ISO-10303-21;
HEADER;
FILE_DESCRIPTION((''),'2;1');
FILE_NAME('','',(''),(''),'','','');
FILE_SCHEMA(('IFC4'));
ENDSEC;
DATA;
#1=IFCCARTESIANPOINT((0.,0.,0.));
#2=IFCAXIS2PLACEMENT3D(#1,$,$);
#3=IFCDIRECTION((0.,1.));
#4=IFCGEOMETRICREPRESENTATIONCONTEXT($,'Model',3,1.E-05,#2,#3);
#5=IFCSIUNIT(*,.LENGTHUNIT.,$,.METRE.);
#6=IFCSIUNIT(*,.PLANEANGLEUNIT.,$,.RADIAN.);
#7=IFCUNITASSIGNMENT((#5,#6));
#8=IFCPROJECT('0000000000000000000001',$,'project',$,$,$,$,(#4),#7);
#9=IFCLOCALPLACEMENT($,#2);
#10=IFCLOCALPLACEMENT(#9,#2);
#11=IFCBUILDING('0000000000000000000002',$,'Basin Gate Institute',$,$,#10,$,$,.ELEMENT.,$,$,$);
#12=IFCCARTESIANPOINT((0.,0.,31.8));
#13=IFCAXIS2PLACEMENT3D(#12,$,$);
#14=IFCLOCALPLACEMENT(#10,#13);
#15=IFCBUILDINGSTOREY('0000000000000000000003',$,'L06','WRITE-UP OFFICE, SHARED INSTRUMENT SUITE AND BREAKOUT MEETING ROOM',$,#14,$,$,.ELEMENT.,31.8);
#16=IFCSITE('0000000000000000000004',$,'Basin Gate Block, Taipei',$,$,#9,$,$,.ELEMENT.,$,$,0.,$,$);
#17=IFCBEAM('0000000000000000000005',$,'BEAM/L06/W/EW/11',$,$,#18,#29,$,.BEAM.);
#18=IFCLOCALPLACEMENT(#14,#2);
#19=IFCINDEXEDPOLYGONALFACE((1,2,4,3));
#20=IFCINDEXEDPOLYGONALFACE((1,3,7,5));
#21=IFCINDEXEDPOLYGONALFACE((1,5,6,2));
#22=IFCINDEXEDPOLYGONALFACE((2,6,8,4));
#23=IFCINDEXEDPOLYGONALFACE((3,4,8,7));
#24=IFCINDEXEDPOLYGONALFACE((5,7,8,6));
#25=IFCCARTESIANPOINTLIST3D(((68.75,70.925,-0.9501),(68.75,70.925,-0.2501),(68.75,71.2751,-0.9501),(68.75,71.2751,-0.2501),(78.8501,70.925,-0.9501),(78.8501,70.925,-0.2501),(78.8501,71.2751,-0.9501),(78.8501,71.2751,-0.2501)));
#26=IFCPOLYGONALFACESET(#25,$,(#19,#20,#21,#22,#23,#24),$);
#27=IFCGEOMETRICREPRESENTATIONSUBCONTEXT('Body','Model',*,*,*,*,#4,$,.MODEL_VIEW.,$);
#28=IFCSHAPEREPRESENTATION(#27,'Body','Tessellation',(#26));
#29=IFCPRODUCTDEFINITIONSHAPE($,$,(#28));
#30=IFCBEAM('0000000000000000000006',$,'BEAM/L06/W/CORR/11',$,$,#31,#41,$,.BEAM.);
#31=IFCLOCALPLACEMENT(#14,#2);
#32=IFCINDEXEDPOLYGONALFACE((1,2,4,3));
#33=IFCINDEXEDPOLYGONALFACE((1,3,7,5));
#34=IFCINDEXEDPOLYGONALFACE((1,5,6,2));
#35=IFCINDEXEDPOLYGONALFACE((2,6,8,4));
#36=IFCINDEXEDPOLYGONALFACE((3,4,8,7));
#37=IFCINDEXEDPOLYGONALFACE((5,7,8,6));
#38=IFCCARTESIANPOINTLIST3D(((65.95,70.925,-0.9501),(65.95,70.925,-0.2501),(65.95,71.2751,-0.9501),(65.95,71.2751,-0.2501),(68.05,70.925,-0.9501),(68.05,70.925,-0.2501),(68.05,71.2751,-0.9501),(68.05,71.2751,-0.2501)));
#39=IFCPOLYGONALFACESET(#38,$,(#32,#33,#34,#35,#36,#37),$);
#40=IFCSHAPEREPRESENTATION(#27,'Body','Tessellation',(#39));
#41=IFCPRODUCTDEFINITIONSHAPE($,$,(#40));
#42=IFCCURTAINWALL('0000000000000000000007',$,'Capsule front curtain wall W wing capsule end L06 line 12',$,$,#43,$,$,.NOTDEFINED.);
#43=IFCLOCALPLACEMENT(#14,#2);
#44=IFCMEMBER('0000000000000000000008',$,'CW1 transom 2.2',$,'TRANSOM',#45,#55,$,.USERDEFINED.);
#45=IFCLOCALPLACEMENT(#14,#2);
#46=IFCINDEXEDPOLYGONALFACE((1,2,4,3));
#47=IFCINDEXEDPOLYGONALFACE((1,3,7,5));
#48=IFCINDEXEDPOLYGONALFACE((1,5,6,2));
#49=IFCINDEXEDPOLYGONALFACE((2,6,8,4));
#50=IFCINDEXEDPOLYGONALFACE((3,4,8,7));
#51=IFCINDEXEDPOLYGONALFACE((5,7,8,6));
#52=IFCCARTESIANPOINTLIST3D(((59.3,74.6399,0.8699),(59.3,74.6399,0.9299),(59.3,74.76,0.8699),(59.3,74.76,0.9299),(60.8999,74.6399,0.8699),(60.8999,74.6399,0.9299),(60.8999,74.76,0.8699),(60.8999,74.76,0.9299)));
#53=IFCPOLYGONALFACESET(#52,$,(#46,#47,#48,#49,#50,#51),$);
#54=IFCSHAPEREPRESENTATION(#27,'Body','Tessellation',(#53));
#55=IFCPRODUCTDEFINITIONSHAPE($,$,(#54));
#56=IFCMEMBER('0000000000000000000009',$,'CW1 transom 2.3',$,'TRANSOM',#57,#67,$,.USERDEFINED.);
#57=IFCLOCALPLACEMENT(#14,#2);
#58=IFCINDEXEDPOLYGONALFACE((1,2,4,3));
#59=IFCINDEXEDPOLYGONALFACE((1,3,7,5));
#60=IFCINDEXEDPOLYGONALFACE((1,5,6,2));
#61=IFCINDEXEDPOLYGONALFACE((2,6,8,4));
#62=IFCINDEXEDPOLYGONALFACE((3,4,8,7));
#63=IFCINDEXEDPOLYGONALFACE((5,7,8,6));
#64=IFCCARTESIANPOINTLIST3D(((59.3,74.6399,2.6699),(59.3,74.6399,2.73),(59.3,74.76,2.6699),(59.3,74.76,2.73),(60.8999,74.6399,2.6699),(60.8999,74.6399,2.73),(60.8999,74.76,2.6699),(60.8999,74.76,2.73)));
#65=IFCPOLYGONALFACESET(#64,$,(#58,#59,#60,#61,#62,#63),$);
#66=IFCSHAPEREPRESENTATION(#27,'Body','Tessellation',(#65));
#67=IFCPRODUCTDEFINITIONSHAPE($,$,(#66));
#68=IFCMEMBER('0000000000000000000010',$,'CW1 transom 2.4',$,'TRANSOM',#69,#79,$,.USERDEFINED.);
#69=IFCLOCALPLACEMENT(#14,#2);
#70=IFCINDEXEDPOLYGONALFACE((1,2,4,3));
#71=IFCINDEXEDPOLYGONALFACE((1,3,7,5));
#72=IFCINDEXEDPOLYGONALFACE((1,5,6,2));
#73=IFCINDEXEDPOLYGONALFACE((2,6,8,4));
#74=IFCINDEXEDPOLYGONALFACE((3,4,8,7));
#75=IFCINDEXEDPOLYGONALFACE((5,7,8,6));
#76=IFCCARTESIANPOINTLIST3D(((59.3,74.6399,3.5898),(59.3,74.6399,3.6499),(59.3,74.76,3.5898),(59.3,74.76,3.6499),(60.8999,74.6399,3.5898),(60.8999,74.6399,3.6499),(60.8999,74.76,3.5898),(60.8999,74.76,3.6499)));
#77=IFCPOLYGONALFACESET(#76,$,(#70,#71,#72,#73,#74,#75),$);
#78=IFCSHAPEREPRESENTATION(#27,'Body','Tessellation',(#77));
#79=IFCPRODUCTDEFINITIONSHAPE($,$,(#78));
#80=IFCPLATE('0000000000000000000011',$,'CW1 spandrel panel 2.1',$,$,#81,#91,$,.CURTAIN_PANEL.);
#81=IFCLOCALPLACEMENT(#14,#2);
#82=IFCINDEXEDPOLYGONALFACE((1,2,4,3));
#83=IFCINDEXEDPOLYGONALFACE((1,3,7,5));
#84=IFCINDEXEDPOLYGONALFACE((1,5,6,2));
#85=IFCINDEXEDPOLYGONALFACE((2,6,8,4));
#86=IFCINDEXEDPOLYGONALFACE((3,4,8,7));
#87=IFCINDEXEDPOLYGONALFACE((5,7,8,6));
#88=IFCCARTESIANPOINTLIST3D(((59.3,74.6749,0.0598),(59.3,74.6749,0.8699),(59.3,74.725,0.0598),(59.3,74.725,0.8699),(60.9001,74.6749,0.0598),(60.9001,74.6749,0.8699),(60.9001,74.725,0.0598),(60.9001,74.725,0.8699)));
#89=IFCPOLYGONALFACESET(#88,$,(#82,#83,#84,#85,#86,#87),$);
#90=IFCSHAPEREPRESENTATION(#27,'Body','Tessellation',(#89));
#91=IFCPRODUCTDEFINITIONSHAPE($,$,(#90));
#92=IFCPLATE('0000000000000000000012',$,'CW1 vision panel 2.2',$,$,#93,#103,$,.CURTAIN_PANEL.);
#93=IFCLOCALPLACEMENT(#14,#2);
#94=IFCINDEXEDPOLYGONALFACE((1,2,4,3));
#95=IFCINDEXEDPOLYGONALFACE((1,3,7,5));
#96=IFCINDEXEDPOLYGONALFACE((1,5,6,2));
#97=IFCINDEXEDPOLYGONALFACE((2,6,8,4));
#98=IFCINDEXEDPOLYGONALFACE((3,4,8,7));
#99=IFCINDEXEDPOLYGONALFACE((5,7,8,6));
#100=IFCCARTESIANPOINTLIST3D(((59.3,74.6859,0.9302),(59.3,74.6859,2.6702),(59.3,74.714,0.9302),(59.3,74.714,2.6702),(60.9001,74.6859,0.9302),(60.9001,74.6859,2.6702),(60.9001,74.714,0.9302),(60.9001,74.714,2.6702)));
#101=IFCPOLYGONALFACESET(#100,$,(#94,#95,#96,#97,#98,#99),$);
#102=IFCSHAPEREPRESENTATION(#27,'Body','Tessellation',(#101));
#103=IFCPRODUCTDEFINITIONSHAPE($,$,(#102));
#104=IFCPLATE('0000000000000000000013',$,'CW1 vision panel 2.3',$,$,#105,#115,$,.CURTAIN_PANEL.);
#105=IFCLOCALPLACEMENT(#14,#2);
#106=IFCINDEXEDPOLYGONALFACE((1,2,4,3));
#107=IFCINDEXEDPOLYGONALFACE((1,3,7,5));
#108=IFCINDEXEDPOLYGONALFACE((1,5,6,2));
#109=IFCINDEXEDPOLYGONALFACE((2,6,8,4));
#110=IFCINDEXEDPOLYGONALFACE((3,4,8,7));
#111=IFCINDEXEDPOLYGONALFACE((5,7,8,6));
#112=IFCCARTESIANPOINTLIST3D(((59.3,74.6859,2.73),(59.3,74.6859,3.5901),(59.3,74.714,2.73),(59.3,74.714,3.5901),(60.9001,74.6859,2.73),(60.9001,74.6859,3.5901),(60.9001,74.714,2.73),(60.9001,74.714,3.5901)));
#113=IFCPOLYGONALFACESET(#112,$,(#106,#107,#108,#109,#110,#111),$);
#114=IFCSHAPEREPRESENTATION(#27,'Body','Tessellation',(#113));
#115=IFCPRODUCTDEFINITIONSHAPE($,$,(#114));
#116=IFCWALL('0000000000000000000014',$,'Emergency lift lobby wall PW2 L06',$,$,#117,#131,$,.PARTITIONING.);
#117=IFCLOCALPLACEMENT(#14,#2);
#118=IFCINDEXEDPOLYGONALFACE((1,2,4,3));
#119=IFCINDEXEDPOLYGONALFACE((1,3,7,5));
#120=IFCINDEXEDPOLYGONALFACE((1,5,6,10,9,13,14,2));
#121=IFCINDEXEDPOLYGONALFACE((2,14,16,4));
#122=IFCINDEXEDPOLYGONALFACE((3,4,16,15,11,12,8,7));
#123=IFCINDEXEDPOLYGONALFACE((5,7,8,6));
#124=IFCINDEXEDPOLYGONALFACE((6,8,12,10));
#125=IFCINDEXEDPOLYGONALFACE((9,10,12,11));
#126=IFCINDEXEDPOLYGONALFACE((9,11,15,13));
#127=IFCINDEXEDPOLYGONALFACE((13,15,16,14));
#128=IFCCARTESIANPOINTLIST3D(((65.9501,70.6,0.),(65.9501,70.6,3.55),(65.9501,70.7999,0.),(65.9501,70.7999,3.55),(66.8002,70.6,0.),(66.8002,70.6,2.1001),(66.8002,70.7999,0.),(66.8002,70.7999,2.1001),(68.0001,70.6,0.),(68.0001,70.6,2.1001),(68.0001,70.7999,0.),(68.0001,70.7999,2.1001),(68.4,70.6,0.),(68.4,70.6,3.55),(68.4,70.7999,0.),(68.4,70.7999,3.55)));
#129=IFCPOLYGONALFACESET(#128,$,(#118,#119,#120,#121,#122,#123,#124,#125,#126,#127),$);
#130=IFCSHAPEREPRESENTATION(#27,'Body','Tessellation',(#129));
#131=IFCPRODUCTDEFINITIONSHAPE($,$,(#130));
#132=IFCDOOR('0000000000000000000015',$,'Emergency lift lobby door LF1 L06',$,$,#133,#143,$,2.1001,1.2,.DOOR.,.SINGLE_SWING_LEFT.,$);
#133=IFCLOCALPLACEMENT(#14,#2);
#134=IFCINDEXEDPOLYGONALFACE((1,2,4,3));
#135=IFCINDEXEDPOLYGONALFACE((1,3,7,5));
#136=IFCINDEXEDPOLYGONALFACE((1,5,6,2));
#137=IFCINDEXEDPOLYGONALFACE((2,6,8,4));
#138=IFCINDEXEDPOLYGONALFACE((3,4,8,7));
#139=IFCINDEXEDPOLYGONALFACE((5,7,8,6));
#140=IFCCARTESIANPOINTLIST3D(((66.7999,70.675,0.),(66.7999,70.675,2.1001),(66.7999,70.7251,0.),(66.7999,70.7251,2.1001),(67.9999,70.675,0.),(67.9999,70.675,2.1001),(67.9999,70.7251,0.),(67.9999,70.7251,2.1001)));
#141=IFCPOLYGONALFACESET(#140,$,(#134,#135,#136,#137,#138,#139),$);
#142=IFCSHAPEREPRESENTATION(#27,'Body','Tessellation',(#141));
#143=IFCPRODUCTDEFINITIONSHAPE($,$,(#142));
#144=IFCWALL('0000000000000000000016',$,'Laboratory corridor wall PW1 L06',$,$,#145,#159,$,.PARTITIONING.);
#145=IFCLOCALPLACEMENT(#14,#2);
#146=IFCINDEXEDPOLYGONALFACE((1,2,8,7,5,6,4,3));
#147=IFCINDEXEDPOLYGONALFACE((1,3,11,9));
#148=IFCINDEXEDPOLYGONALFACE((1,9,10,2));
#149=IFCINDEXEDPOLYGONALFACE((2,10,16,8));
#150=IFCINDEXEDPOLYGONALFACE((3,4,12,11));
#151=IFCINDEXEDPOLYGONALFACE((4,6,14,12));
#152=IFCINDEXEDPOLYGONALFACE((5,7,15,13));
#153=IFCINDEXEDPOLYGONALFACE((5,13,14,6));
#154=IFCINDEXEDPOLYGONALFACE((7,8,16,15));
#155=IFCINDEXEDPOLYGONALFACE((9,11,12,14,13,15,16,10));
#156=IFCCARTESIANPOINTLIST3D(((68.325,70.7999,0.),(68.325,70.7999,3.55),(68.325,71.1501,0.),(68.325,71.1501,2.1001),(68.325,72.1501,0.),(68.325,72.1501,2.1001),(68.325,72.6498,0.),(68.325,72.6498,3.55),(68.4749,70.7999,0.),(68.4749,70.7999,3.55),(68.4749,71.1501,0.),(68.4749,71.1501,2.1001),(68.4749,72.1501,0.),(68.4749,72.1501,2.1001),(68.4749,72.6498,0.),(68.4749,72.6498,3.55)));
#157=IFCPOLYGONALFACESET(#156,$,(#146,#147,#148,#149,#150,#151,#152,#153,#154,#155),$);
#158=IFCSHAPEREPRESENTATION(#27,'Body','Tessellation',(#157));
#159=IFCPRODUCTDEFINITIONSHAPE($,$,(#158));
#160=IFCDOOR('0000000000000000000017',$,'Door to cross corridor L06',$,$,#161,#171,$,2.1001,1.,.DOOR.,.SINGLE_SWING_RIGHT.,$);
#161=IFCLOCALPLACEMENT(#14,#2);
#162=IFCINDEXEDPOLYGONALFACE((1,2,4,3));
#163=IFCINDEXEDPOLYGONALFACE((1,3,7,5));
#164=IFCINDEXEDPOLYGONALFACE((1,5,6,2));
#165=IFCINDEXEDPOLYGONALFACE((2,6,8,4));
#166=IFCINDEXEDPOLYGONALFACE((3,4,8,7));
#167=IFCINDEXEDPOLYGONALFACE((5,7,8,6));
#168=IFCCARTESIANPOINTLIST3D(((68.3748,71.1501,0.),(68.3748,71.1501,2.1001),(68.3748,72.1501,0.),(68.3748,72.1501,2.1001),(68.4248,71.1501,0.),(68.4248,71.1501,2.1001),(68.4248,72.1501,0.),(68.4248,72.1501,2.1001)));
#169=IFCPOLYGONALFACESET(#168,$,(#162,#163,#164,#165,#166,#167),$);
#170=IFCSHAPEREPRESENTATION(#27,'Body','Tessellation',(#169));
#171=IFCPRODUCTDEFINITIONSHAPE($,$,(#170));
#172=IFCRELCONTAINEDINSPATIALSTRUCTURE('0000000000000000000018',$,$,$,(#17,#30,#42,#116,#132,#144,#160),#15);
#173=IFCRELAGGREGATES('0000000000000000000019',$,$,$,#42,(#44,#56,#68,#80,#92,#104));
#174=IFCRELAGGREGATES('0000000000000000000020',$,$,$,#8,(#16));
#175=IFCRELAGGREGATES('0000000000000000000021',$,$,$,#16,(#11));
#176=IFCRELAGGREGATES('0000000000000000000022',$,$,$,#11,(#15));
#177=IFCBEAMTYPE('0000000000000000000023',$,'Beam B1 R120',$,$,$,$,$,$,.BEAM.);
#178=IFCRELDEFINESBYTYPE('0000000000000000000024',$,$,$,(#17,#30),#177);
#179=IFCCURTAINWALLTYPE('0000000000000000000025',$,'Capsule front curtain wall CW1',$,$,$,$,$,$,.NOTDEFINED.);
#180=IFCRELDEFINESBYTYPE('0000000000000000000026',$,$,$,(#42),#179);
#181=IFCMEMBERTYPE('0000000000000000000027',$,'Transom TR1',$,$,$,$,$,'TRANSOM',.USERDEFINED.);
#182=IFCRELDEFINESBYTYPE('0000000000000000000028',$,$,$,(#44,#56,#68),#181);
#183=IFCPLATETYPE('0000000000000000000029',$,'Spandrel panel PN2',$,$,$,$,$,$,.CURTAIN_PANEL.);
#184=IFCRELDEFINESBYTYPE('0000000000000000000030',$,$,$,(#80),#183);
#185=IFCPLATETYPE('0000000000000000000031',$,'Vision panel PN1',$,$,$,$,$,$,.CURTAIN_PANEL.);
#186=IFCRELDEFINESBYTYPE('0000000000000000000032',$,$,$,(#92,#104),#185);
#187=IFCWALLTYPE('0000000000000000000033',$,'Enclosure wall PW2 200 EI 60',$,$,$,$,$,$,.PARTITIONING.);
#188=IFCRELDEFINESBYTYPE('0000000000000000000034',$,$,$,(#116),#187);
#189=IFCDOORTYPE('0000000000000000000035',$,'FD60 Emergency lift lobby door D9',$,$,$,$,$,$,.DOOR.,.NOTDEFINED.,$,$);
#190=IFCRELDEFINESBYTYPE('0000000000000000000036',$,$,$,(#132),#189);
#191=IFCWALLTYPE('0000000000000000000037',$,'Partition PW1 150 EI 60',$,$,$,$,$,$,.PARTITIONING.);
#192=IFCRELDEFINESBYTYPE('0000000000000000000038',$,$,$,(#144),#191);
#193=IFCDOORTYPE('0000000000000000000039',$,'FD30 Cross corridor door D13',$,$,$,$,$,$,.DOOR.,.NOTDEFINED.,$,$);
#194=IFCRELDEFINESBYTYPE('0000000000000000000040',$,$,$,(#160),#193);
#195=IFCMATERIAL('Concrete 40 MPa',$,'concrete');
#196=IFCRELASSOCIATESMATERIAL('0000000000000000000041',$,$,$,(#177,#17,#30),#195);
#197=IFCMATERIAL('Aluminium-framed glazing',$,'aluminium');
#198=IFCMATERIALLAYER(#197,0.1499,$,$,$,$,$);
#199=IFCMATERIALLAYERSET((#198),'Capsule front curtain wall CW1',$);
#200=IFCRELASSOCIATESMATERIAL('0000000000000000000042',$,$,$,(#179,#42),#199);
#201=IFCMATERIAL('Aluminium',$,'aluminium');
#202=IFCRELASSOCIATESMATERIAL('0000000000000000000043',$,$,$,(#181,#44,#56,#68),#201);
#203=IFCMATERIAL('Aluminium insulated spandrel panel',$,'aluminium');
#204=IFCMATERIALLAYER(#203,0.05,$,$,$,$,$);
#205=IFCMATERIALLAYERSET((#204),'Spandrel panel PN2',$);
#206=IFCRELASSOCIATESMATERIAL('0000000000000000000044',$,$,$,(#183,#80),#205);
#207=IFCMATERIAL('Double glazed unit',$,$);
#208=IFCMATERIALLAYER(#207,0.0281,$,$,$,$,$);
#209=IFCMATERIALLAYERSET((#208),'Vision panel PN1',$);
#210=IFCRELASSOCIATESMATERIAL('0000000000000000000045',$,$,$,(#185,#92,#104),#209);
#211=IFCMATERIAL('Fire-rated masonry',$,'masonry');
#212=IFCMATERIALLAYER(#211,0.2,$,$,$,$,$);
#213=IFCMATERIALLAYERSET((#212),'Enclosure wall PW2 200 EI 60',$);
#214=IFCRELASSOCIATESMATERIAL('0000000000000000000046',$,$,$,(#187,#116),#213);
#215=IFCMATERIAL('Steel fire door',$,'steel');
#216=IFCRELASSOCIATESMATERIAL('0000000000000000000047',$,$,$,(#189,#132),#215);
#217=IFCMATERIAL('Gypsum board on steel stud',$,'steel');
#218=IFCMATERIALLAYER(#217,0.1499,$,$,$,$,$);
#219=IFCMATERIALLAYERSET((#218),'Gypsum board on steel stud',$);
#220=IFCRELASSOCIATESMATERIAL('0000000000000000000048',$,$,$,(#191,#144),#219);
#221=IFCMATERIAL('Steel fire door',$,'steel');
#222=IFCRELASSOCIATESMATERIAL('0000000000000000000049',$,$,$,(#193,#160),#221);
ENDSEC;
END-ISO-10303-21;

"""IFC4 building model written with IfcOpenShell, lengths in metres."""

from ifc_helpers import new_model, si_unit, direction, frame, frame_2d, origin, origin_2d, place, context, subcontext, project, spatial, rectangle, extrude, material, layer, layer_set, material_profile, profile_set, type_object, element, fill, aggregate, save


model = new_model("IFC4")

# Units and contexts
model_context = context("Model", 3, precision=1e-05, world=origin(), true_north=direction((0.0, 1.0)))
body_context = subcontext(model_context, "Body", "Model", "MODEL_VIEW")
ifc_project = project(units=[si_unit("LENGTHUNIT", "METRE"), si_unit("PLANEANGLEUNIT", "RADIAN")], contexts=[model_context])

# Site, building, storey
site_placement = place(None, origin())
site = spatial("IfcSite", under=ifc_project, at=site_placement, Name="Basin Gate Block, Taipei", CompositionType="ELEMENT", RefElevation=0.0)
building_placement = place(site_placement, origin())
building = spatial("IfcBuilding", under=site, at=building_placement, Name="Basin Gate Institute", CompositionType="ELEMENT")
storey_placement = place(building_placement, frame((0.0, 0.0, 31.8)))
storey = spatial("IfcBuildingStorey", under=building, at=storey_placement, Name="L06", Description="WRITE-UP OFFICE, SHARED INSTRUMENT SUITE AND BREAKOUT MEETING ROOM", CompositionType="ELEMENT", Elevation=31.8)

# Beams
ifc_material_1 = material(Name="Concrete 40 MPa", Category="concrete")
ifc_material_profile_1 = material_profile(ifc_material_1, rectangle(XDim=0.3501, YDim=0.7, at=origin_2d()), Name="Beam B1 350 x 700")
ifc_profile_set_1 = profile_set([ifc_material_profile_1], Name="Concrete 40 MPa")
beam_type = type_object("IfcBeamType", Name="Beam B1 R120", PredefinedType="BEAM", material=ifc_profile_set_1)
beam_1_placement = place(storey_placement, frame((68.75, 71.1001, -0.6001), z_axis=(1.0, 0.0, 0.0), x_axis=(0.0, 1.0, 0.0)))
element("IfcBeam", 1, at=beam_1_placement, inside=storey, type_object=beam_type, material=ifc_profile_set_1, Name="BEAM/L06/W/EW/11", PredefinedType="BEAM", context=body_context, shape_type="SweptSolid", body=[
    extrude(rectangle(XDim=0.3501, YDim=0.7, at=origin_2d()), origin(), (0.0, 0.0, 1.0), 10.1001),
])
beam_2_placement = place(storey_placement, frame((65.95, 71.1001, -0.6001), z_axis=(1.0, 0.0, 0.0), x_axis=(0.0, 1.0, 0.0)))
element("IfcBeam", 2, at=beam_2_placement, inside=storey, type_object=beam_type, material=ifc_profile_set_1, Name="BEAM/L06/W/CORR/11", PredefinedType="BEAM", context=body_context, shape_type="SweptSolid", body=[
    extrude(rectangle(XDim=0.3501, YDim=0.7, at=origin_2d()), origin(), (0.0, 0.0, 1.0), 2.1001),
])

# Curtain wall, members, plates
ifc_material_2 = material(Name="Aluminium-framed glazing", Category="aluminium")
ifc_layer_1 = layer(ifc_material_2, 0.1499)
ifc_layer_set_1 = layer_set([ifc_layer_1], Name="Capsule front curtain wall CW1")
curtain_wall_type = type_object("IfcCurtainWallType", Name="Capsule front curtain wall CW1", PredefinedType="NOTDEFINED", material=ifc_layer_set_1)
curtain_wall_placement = place(storey_placement, origin())
curtain_wall = element("IfcCurtainWall", 3, at=curtain_wall_placement, inside=storey, type_object=curtain_wall_type, material=ifc_layer_set_1, Name="Capsule front curtain wall W wing capsule end L06 line 12", PredefinedType="NOTDEFINED")
ifc_material_3 = material(Name="Aluminium", Category="aluminium")
ifc_material_profile_2 = material_profile(ifc_material_3, rectangle(XDim=0.1201, YDim=0.0601, at=origin_2d()), Name="Transom TR1 120 x 60")
ifc_profile_set_2 = profile_set([ifc_material_profile_2], Name="Aluminium")
member_type = type_object("IfcMemberType", Name="Transom TR1", ElementType="TRANSOM", PredefinedType="USERDEFINED", material=ifc_profile_set_2)
member_1_placement = place(storey_placement, frame((59.3, 74.7, 0.8999), z_axis=(1.0, 0.0, 0.0), x_axis=(0.0, 1.0, 0.0)))
member_1 = element("IfcMember", 4, at=member_1_placement, type_object=member_type, material=ifc_profile_set_2, Name="CW1 transom 2.2", ObjectType="TRANSOM", PredefinedType="USERDEFINED", context=body_context, shape_type="SweptSolid", body=[
    extrude(rectangle(XDim=0.1201, YDim=0.0601, at=origin_2d()), origin(), (0.0, 0.0, 1.0), 1.5999),
])
member_2_placement = place(storey_placement, frame((59.3, 74.7, 2.7), z_axis=(1.0, 0.0, 0.0), x_axis=(0.0, 1.0, 0.0)))
member_2 = element("IfcMember", 5, at=member_2_placement, type_object=member_type, material=ifc_profile_set_2, Name="CW1 transom 2.3", ObjectType="TRANSOM", PredefinedType="USERDEFINED", context=body_context, shape_type="SweptSolid", body=[
    extrude(rectangle(XDim=0.1201, YDim=0.0601, at=origin_2d()), origin(), (0.0, 0.0, 1.0), 1.5999),
])
member_3_placement = place(storey_placement, frame((59.3, 74.7, 3.6199), z_axis=(1.0, 0.0, 0.0), x_axis=(0.0, 1.0, 0.0)))
member_3 = element("IfcMember", 6, at=member_3_placement, type_object=member_type, material=ifc_profile_set_2, Name="CW1 transom 2.4", ObjectType="TRANSOM", PredefinedType="USERDEFINED", context=body_context, shape_type="SweptSolid", body=[
    extrude(rectangle(XDim=0.1201, YDim=0.0601, at=origin_2d()), origin(), (0.0, 0.0, 1.0), 1.5999),
])
ifc_material_4 = material(Name="Aluminium insulated spandrel panel", Category="aluminium")
ifc_layer_2 = layer(ifc_material_4, 0.05)
ifc_layer_set_2 = layer_set([ifc_layer_2], Name="Spandrel panel PN2")
plate_type_1 = type_object("IfcPlateType", Name="Spandrel panel PN2", PredefinedType="CURTAIN_PANEL", material=ifc_layer_set_2)
plate_1_placement = place(storey_placement, frame((60.1001, 74.7, 0.0598), z_axis=(0.0, 0.0, 1.0), x_axis=(1.0, 0.0, 0.0)))
plate_1 = element("IfcPlate", 7, at=plate_1_placement, type_object=plate_type_1, material=ifc_layer_set_2, Name="CW1 spandrel panel 2.1", PredefinedType="CURTAIN_PANEL", context=body_context, shape_type="SweptSolid", body=[
    extrude(rectangle(XDim=1.6001, YDim=0.05, at=origin_2d()), origin(), (0.0, 0.0, 1.0), 0.8101),
])
ifc_material_5 = material(Name="Double glazed unit")
ifc_layer_3 = layer(ifc_material_5, 0.0281)
ifc_layer_set_3 = layer_set([ifc_layer_3], Name="Vision panel PN1")
plate_type_2 = type_object("IfcPlateType", Name="Vision panel PN1", PredefinedType="CURTAIN_PANEL", material=ifc_layer_set_3)
plate_2_placement = place(storey_placement, frame((60.1001, 74.7, 0.9302), z_axis=(0.0, 0.0, 1.0), x_axis=(1.0, 0.0, 0.0)))
plate_2 = element("IfcPlate", 8, at=plate_2_placement, type_object=plate_type_2, material=ifc_layer_set_3, Name="CW1 vision panel 2.2", PredefinedType="CURTAIN_PANEL", context=body_context, shape_type="SweptSolid", body=[
    extrude(rectangle(XDim=1.6001, YDim=0.0281, at=origin_2d()), origin(), (0.0, 0.0, 1.0), 1.74),
])
plate_3_placement = place(storey_placement, frame((60.1001, 74.7, 2.73), z_axis=(0.0, 0.0, 1.0), x_axis=(1.0, 0.0, 0.0)))
plate_3 = element("IfcPlate", 9, at=plate_3_placement, type_object=plate_type_2, material=ifc_layer_set_3, Name="CW1 vision panel 2.3", PredefinedType="CURTAIN_PANEL", context=body_context, shape_type="SweptSolid", body=[
    extrude(rectangle(XDim=1.6001, YDim=0.0281, at=origin_2d()), origin(), (0.0, 0.0, 1.0), 0.8601),
])
aggregate(curtain_wall, [member_1, member_2, member_3, plate_1, plate_2, plate_3])

# Walls, openings, doors
ifc_material_6 = material(Name="Fire-rated masonry", Category="masonry")
ifc_layer_4 = layer(ifc_material_6, 0.2)
ifc_layer_set_4 = layer_set([ifc_layer_4], Name="Enclosure wall PW2 200 EI 60")
wall_type_1 = type_object("IfcWallType", Name="Enclosure wall PW2 200 EI 60", PredefinedType="PARTITIONING", material=ifc_layer_set_4)
wall_1_placement = place(storey_placement, frame((65.95, 70.7, 0.0), z_axis=(0.0, 0.0, 1.0), x_axis=(1.0, 0.0, 0.0)))
wall_1 = element("IfcWall", 10, at=wall_1_placement, inside=storey, type_object=wall_type_1, material=ifc_layer_set_4, Name="Emergency lift lobby wall PW2 L06", PredefinedType="PARTITIONING", context=body_context, shape_type="SweptSolid", body=[
    extrude(rectangle(XDim=2.45, YDim=0.2, at=frame_2d((1.2251, 0.0))), origin(), (0.0, 0.0, 1.0), 3.55),
])
opening_1_placement = place(wall_1_placement, frame((0.8501, 0.0, 0.0)))
opening_1 = element("IfcOpeningElement", 11, at=opening_1_placement, cuts=wall_1, PredefinedType="OPENING", context=body_context, shape_type="SweptSolid", body=[
    extrude(rectangle(XDim=1.2, YDim=2.1001, at=frame_2d((0.6001, 1.05))), frame((0.0, 0.1099, 0.0), z_axis=(0.0, -1.0, 0.0), x_axis=(1.0, 0.0, 0.0)), (0.0, 0.0, 1.0), 0.22),
])
ifc_material_7 = material(Name="Steel fire door", Category="steel")
door_type_1 = type_object("IfcDoorType", Name="FD60 Emergency lift lobby door D9", OperationType="NOTDEFINED", PredefinedType="DOOR", material=ifc_material_7)
door_1_placement = place(opening_1_placement, frame((1.2, 0.0, 0.0), z_axis=(0.0, 0.0, 1.0), x_axis=(-1.0, 0.0, 0.0)))
door_1 = element("IfcDoor", 12, at=door_1_placement, inside=storey, type_object=door_type_1, material=ifc_material_7, Name="Emergency lift lobby door LF1 L06", OperationType="SINGLE_SWING_LEFT", OverallHeight=2.1001, OverallWidth=1.2, PredefinedType="DOOR", context=body_context, shape_type="SweptSolid", body=[
    extrude(rectangle(XDim=1.2, YDim=2.1001, at=frame_2d((0.6001, 1.05))), frame((0.0, 0.0249, 0.0), z_axis=(0.0, -1.0, 0.0), x_axis=(1.0, 0.0, 0.0)), (0.0, 0.0, 1.0), 0.05),
])
fill(opening_1, door_1)
ifc_material_8 = material(Name="Gypsum board on steel stud", Category="steel")
ifc_layer_5 = layer(ifc_material_8, 0.1499)
ifc_layer_set_5 = layer_set([ifc_layer_5], Name="Gypsum board on steel stud")
wall_type_2 = type_object("IfcWallType", Name="Partition PW1 150 EI 60", PredefinedType="PARTITIONING", material=ifc_layer_set_5)
wall_2_placement = place(storey_placement, frame((68.3999, 70.8, 0.0), z_axis=(0.0, 0.0, 1.0), x_axis=(0.0, 1.0, 0.0)))
wall_2 = element("IfcWall", 13, at=wall_2_placement, inside=storey, type_object=wall_type_2, material=ifc_layer_set_5, Name="Laboratory corridor wall PW1 L06", PredefinedType="PARTITIONING", context=body_context, shape_type="SweptSolid", body=[
    extrude(rectangle(XDim=1.8499, YDim=0.1499, at=frame_2d((0.9248, 0.0))), origin(), (0.0, 0.0, 1.0), 3.55),
])
opening_2_placement = place(wall_2_placement, frame((0.3501, 0.0, 0.0)))
opening_2 = element("IfcOpeningElement", 14, at=opening_2_placement, cuts=wall_2, PredefinedType="OPENING", context=body_context, shape_type="SweptSolid", body=[
    extrude(rectangle(XDim=1.0, YDim=2.1001, at=frame_2d((0.5, 1.05))), frame((0.0, 0.085, 0.0), z_axis=(0.0, -1.0, 0.0), x_axis=(1.0, 0.0, 0.0)), (0.0, 0.0, 1.0), 0.1699),
])
ifc_material_9 = material(Name="Steel fire door", Category="steel")
door_type_2 = type_object("IfcDoorType", Name="FD30 Cross corridor door D13", OperationType="NOTDEFINED", PredefinedType="DOOR", material=ifc_material_9)
door_2_placement = place(opening_2_placement, frame((1.0, 0.0, 0.0), z_axis=(0.0, 0.0, 1.0), x_axis=(-1.0, 0.0, 0.0)))
door_2 = element("IfcDoor", 15, at=door_2_placement, inside=storey, type_object=door_type_2, material=ifc_material_9, Name="Door to cross corridor L06", OperationType="SINGLE_SWING_RIGHT", OverallHeight=2.1001, OverallWidth=1.0, PredefinedType="DOOR", context=body_context, shape_type="SweptSolid", body=[
    extrude(rectangle(XDim=1.0, YDim=2.1001, at=frame_2d((0.5, 1.05))), frame((0.0, 0.0249, 0.0), z_axis=(0.0, -1.0, 0.0), x_axis=(1.0, 0.0, 0.0)), (0.0, 0.0, 1.0), 0.05),
])
fill(opening_2, door_2)

save(model, "model.ifc")
